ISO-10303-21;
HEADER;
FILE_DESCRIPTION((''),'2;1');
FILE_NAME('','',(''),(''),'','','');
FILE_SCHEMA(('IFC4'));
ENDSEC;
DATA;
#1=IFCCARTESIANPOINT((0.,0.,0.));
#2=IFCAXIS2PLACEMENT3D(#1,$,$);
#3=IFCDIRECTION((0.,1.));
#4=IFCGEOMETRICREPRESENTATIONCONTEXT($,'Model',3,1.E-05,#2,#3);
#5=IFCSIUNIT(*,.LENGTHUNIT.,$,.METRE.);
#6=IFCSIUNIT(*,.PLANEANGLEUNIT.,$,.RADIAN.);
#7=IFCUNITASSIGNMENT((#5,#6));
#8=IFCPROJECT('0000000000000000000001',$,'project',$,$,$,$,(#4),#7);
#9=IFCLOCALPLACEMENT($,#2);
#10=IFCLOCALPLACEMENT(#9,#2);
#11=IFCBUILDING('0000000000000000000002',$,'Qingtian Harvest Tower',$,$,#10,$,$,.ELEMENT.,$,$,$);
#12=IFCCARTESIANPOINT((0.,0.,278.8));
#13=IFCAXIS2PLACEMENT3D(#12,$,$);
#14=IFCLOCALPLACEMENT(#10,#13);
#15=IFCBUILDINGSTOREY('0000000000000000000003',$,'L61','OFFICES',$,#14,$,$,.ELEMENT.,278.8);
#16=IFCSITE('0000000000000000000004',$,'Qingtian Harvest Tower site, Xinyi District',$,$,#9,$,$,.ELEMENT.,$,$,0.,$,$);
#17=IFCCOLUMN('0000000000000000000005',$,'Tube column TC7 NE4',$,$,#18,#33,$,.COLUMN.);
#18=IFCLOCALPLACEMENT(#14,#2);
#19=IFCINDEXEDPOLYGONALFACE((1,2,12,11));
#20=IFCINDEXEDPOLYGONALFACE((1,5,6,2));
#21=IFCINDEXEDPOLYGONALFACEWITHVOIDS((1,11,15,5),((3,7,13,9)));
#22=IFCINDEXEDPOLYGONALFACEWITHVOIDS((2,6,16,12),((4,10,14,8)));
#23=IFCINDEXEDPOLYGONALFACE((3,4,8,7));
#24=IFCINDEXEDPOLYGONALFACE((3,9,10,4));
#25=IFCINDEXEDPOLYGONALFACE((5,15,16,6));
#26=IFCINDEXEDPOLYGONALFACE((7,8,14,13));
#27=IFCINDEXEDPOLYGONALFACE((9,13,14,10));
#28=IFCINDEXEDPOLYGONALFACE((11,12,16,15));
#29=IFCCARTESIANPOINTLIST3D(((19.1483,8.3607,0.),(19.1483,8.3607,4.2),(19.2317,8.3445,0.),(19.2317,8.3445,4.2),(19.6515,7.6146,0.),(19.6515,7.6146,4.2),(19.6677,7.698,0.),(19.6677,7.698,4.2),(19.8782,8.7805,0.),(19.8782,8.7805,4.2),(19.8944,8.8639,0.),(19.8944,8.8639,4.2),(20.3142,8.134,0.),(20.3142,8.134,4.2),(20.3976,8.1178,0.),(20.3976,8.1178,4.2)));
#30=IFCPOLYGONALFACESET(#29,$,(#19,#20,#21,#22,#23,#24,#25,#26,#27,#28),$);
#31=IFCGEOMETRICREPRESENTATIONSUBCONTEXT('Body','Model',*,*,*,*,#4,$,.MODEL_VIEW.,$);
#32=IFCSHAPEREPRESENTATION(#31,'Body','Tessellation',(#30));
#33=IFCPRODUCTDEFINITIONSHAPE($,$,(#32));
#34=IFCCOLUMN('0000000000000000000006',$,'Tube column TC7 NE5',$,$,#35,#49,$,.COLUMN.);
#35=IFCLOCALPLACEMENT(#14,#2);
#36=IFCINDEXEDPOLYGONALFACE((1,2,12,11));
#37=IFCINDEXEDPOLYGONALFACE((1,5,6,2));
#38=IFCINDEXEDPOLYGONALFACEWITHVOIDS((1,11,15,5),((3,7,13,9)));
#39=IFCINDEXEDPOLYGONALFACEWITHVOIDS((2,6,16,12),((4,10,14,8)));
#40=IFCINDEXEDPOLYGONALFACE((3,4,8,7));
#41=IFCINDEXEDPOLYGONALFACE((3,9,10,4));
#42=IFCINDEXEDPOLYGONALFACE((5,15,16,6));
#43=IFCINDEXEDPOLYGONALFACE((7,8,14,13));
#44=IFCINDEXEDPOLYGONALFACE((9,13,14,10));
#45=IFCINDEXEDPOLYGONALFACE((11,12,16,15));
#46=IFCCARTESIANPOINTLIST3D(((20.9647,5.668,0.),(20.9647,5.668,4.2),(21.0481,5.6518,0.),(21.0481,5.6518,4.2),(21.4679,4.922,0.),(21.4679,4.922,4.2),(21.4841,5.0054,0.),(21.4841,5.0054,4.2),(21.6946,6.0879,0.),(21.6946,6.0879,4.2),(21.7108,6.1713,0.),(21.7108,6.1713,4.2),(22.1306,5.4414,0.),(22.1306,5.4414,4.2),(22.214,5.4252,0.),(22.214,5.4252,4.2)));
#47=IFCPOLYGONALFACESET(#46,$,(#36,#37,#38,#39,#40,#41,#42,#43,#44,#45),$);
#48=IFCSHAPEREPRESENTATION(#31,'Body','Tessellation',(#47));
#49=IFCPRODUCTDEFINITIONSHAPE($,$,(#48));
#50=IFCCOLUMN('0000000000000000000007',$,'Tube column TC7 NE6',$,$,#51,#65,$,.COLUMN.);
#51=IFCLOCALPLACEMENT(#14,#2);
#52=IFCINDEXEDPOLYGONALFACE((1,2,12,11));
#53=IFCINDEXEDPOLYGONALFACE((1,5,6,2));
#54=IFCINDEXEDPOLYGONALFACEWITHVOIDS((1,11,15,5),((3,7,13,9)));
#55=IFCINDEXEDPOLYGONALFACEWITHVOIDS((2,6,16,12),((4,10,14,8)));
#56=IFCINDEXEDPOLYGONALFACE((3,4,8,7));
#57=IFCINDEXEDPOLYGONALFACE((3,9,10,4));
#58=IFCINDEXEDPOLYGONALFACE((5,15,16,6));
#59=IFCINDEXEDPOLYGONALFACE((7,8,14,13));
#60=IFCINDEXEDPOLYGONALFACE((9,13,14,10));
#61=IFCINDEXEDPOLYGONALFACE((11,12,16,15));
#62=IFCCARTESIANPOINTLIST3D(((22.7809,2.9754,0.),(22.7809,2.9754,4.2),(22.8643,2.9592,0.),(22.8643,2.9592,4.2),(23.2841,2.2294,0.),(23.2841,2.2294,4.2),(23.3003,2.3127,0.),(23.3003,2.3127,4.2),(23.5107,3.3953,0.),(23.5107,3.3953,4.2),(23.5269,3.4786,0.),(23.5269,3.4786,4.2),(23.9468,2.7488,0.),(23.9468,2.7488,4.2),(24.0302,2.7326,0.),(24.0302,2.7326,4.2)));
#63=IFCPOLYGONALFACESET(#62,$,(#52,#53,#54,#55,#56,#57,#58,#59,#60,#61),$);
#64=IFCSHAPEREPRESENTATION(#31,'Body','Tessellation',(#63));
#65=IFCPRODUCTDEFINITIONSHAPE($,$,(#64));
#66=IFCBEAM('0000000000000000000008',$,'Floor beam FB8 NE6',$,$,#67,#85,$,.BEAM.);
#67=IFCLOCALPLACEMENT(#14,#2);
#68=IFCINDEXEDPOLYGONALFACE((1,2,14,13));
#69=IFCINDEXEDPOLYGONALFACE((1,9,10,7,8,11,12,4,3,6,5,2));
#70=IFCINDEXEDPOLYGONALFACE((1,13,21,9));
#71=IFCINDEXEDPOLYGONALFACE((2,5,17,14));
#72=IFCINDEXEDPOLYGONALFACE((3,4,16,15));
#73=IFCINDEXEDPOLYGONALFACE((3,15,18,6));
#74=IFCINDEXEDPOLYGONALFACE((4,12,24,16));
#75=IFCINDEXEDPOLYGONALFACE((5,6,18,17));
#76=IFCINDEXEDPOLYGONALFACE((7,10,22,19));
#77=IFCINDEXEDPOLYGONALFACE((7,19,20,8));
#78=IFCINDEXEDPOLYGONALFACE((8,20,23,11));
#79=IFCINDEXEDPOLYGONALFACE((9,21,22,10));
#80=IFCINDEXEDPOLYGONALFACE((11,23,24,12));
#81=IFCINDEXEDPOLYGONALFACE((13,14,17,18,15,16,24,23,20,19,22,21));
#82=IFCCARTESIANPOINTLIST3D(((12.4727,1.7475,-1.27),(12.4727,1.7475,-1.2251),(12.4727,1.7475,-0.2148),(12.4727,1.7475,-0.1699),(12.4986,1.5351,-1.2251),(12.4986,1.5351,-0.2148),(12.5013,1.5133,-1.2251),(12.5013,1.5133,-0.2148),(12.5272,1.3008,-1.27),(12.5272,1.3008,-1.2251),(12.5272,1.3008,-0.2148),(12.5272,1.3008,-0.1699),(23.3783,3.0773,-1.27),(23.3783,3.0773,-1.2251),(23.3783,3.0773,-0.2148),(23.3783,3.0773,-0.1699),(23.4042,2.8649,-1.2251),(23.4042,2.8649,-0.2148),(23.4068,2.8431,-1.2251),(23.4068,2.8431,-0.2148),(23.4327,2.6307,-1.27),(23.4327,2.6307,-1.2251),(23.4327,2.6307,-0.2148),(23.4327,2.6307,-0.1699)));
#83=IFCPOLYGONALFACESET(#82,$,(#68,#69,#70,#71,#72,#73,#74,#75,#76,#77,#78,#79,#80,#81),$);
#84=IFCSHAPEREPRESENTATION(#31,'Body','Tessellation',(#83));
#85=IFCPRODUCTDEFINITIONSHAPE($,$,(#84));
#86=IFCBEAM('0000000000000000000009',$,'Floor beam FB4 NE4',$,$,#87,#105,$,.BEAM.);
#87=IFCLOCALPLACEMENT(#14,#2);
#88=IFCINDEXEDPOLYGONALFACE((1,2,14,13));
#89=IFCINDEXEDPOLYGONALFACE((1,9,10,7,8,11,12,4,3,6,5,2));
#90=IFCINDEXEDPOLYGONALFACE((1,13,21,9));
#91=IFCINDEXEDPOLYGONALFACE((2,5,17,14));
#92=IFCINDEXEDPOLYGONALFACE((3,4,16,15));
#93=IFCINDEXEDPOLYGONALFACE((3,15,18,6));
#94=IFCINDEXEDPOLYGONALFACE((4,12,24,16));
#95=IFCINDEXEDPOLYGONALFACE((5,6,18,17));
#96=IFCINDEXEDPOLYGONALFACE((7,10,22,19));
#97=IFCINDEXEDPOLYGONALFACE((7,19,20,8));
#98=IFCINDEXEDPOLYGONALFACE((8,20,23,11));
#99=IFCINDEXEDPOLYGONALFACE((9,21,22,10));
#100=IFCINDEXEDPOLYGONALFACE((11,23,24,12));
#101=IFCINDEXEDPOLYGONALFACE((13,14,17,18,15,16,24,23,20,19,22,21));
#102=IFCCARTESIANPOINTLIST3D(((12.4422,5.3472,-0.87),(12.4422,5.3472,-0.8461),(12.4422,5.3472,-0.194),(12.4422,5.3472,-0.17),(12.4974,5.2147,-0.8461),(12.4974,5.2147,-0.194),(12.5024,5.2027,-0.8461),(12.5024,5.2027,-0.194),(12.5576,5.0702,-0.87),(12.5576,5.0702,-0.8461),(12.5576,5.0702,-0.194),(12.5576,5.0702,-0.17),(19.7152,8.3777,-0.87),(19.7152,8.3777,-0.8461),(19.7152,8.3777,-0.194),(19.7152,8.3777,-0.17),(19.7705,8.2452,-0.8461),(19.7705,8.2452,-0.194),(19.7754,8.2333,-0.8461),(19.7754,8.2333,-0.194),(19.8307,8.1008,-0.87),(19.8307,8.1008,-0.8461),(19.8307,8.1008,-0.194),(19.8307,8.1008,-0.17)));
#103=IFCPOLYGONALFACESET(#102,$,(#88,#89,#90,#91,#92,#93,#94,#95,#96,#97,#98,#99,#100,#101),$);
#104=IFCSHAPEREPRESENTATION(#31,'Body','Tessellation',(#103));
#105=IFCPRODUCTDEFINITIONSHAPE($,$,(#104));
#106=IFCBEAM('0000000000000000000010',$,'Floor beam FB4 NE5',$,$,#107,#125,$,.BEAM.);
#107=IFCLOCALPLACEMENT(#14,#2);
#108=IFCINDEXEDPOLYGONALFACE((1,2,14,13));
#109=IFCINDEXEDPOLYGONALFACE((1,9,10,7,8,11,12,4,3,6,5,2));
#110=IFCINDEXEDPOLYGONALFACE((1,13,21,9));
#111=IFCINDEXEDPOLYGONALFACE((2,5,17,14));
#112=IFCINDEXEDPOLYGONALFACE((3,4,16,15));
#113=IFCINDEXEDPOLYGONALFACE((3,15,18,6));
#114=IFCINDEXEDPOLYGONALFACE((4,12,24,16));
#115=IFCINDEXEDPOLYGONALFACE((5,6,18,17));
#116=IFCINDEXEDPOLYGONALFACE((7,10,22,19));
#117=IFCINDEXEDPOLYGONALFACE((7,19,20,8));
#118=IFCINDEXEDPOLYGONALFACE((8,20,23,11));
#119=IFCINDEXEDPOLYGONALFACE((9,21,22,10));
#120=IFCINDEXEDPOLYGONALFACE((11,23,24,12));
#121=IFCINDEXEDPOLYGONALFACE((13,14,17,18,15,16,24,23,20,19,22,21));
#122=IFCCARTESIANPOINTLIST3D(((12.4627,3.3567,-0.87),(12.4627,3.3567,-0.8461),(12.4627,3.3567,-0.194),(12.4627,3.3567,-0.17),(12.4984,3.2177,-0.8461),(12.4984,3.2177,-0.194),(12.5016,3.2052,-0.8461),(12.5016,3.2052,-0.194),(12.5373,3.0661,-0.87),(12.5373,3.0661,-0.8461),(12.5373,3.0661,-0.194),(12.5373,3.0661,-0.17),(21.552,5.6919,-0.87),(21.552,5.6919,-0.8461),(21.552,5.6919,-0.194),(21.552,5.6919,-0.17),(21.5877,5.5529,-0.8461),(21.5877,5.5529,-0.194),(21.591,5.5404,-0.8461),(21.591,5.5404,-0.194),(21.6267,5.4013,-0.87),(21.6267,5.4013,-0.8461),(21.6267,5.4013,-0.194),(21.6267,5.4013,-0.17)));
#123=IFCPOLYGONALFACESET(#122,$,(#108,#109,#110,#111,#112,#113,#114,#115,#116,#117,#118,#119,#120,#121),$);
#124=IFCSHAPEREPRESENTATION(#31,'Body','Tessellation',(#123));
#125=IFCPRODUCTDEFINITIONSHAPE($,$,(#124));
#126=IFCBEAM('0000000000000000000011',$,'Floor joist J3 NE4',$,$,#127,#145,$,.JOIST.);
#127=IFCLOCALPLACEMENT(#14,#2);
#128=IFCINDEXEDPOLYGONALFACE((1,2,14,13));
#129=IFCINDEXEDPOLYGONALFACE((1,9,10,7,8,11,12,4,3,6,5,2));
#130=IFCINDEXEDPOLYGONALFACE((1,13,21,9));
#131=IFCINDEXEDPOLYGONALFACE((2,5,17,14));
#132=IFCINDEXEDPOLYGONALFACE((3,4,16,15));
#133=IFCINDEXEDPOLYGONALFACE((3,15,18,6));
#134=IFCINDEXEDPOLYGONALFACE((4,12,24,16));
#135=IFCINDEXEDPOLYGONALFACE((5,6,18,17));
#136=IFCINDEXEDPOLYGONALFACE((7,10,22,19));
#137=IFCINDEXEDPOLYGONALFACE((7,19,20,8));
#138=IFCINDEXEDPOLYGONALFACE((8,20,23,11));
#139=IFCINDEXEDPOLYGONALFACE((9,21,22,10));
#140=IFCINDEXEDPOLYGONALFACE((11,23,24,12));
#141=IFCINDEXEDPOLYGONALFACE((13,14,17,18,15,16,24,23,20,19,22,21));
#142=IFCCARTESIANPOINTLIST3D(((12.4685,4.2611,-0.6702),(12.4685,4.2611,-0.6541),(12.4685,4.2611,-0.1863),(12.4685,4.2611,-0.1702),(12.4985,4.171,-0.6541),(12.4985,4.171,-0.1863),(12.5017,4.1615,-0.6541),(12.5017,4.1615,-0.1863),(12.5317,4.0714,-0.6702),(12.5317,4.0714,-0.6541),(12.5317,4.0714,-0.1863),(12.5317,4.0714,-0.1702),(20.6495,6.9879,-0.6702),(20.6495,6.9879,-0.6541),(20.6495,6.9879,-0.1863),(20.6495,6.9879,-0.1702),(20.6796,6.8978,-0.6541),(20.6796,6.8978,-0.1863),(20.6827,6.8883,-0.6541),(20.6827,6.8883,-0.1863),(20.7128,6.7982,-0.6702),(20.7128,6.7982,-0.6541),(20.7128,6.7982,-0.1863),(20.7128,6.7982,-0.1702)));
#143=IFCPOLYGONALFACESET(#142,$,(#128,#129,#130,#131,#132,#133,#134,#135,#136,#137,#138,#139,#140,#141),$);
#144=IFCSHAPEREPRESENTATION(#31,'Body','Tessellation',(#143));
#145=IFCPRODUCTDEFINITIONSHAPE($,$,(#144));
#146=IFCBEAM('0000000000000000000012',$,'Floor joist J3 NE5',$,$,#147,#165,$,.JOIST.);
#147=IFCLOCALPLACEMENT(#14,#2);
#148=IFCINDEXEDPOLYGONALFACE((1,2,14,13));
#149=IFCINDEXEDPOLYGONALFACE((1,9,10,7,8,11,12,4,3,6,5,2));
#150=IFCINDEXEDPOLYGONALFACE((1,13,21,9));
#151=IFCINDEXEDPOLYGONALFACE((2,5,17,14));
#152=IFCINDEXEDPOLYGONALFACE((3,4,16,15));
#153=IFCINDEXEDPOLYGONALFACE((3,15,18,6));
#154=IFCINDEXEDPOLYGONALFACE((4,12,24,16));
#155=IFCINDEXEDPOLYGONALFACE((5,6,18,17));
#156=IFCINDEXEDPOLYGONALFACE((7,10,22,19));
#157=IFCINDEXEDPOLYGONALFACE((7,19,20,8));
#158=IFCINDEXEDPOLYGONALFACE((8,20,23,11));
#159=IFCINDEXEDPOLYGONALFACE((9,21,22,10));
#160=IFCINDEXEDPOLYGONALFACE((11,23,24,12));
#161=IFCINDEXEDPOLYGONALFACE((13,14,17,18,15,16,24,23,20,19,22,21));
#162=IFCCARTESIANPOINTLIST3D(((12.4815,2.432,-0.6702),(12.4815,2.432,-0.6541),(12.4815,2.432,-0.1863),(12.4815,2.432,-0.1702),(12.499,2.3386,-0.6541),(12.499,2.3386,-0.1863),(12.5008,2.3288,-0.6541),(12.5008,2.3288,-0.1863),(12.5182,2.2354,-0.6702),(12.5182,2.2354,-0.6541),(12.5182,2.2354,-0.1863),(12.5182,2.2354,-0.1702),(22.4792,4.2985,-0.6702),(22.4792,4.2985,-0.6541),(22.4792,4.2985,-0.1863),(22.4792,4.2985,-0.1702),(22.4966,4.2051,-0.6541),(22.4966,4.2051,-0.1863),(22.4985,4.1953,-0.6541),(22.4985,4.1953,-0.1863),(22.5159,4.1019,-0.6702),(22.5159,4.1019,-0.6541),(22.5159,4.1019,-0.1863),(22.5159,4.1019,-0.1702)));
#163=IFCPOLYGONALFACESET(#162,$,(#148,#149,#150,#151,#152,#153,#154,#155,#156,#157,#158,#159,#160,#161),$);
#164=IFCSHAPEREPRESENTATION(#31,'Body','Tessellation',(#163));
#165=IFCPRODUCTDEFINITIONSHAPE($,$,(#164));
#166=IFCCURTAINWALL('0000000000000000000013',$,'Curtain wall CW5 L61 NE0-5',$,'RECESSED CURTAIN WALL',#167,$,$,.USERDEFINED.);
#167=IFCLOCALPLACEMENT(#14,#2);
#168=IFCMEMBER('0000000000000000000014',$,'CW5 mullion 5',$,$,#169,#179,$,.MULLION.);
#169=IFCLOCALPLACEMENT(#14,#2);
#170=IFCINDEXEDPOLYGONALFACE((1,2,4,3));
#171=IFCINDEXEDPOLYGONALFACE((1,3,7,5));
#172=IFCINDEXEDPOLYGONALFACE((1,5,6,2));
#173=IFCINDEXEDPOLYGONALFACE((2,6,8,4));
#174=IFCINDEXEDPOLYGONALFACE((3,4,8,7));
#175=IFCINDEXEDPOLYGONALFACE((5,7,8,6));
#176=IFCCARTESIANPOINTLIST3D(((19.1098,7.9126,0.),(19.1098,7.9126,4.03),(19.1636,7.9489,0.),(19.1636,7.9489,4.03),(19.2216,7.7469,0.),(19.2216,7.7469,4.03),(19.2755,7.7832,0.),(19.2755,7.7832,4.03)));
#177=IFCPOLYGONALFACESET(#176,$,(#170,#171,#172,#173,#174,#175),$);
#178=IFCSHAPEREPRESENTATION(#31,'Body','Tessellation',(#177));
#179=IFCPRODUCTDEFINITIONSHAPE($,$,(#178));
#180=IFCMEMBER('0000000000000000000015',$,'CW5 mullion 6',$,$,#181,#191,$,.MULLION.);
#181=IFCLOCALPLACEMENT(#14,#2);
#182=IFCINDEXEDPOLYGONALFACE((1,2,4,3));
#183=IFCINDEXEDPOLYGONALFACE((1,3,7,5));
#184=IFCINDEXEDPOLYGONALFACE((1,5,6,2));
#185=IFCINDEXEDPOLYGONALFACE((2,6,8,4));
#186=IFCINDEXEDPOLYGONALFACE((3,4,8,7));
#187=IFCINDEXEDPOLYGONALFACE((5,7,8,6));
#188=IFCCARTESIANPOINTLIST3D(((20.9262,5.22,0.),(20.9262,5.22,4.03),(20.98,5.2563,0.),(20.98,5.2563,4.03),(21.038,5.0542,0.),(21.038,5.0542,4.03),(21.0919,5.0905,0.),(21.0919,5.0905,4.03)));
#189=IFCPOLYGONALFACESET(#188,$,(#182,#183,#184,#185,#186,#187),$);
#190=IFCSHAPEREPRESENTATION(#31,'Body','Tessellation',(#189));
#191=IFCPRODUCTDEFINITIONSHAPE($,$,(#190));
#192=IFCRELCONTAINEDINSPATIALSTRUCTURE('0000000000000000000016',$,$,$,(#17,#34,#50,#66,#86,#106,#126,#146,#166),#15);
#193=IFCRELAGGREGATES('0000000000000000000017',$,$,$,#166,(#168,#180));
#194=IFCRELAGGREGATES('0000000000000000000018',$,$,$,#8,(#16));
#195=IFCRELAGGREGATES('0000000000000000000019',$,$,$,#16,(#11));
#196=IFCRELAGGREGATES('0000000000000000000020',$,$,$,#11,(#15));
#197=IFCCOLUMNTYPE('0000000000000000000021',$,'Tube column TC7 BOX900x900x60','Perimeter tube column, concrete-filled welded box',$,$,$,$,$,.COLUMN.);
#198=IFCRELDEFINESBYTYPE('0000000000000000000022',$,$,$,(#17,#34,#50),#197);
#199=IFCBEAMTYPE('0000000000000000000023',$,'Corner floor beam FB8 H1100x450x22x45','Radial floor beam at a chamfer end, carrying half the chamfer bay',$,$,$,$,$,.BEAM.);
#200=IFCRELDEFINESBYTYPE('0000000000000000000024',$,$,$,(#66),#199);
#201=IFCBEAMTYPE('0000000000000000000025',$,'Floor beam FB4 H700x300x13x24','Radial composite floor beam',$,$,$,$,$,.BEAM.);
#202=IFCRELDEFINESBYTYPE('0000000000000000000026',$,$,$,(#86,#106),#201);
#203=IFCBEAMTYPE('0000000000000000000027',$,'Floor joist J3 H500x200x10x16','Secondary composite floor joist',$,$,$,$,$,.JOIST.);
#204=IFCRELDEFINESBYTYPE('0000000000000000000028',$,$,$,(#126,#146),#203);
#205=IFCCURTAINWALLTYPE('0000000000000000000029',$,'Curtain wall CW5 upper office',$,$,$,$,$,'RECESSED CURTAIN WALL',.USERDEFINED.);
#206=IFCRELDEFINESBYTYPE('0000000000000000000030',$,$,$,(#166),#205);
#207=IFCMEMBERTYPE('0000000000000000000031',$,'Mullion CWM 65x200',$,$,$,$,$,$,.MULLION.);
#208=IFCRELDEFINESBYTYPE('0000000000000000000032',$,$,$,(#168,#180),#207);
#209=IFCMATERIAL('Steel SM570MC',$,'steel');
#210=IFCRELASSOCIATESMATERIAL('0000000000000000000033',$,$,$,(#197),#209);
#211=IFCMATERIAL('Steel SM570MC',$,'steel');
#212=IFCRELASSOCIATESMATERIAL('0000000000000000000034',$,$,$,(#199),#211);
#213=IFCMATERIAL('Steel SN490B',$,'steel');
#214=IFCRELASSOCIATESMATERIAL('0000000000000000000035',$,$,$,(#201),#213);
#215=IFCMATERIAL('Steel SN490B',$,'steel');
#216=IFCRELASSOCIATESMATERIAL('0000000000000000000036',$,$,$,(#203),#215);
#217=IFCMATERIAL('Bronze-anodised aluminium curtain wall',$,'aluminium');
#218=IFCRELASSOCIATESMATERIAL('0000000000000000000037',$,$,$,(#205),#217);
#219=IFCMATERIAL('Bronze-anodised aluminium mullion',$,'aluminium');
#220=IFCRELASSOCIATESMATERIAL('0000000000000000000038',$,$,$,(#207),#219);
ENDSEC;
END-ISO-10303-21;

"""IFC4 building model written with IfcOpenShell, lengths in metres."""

from ifc_helpers import new_model, si_unit, direction, frame, origin, origin_2d, place, context, subcontext, project, spatial, rectangle, hollow_rectangle, i_section, extrude, material, material_profile, profile_set, type_object, element, aggregate, save


model = new_model("IFC4")

# Units and contexts
model_context = context("Model", 3, precision=1e-05, world=origin(), true_north=direction((0.0, 1.0)))
body_context = subcontext(model_context, "Body", "Model", "MODEL_VIEW")
ifc_project = project(units=[si_unit("LENGTHUNIT", "METRE"), si_unit("PLANEANGLEUNIT", "RADIAN")], contexts=[model_context])

# Site, building, storey
site_placement = place(None, origin())
site = spatial("IfcSite", under=ifc_project, at=site_placement, Name="Qingtian Harvest Tower site, Xinyi District", CompositionType="ELEMENT", RefElevation=0.0)
building_placement = place(site_placement, origin())
building = spatial("IfcBuilding", under=site, at=building_placement, Name="Qingtian Harvest Tower", CompositionType="ELEMENT")
storey_placement = place(building_placement, frame((0.0, 0.0, 278.8)))
storey = spatial("IfcBuildingStorey", under=building, at=storey_placement, Name="L61", Description="OFFICES", CompositionType="ELEMENT", Elevation=278.8)

# Columns
ifc_material_1 = material(Name="Steel SM570MC", Category="steel")
ifc_material_profile_1 = material_profile(ifc_material_1, hollow_rectangle(XDim=0.8999, YDim=0.8999, WallThickness=0.0601, at=origin_2d()), Name="BOX900x900x60")
ifc_profile_set_1 = profile_set([ifc_material_profile_1], Name="Steel SM570MC")
column_type = type_object("IfcColumnType", Name="Tube column TC7 BOX900x900x60", Description="Perimeter tube column, concrete-filled welded box", PredefinedType="COLUMN", material=ifc_profile_set_1)
for number, where, z_axis, x_axis, name in (
    (1, (19.7729, 8.2393, 0.0), (0.0, 0.0, 1.0), (-0.559193, 0.829038, 0.0), "Tube column TC7 NE4"),
    (2, (21.5894, 5.5466, 0.0), (0.0, 0.0, 1.0), (-0.559193, 0.829038, 0.0), "Tube column TC7 NE5"),
    (3, (23.4055, 2.854, 0.0), (0.0, 0.0, 1.0), (-0.559193, 0.829038, 0.0), "Tube column TC7 NE6"),
):
    element("IfcColumn", number, at=place(storey_placement, frame(where, z_axis=z_axis, x_axis=x_axis)), inside=storey, type_object=column_type, Name=name, PredefinedType="COLUMN", context=body_context, shape_type="SweptSolid", body=[
        extrude(hollow_rectangle(XDim=0.8999, YDim=0.8999, WallThickness=0.0601, at=origin_2d()), origin(), (0.0, 0.0, 1.0), 4.2),
    ])

# Beams
ifc_material_2 = material(Name="Steel SM570MC", Category="steel")
ifc_material_profile_2 = material_profile(ifc_material_2, i_section(OverallWidth=0.45, OverallDepth=1.1001, WebThickness=0.022, FlangeThickness=0.0449, at=origin_2d()), Name="H1100x450x22x45")
ifc_profile_set_2 = profile_set([ifc_material_profile_2], Name="Steel SM570MC")
beam_type_1 = type_object("IfcBeamType", Name="Corner floor beam FB8 H1100x450x22x45", Description="Radial floor beam at a chamfer end, carrying half the chamfer bay", PredefinedType="BEAM", material=ifc_profile_set_2)
beam_1_placement = place(storey_placement, frame((23.4055, 2.854, -0.72), z_axis=(-0.992647, -0.121045, 0.0), x_axis=(0.121045, -0.992647, 0.0)))
element("IfcBeam", 4, at=beam_1_placement, inside=storey, type_object=beam_type_1, Name="Floor beam FB8 NE6", PredefinedType="BEAM", context=body_context, shape_type="SweptSolid", body=[
    extrude(i_section(OverallWidth=0.45, OverallDepth=1.1001, WebThickness=0.022, FlangeThickness=0.0449, at=origin_2d()), origin(), (0.0, 0.0, 1.0), 10.9863),
])
ifc_material_3 = material(Name="Steel SN490B", Category="steel")
ifc_material_profile_3 = material_profile(ifc_material_3, i_section(OverallWidth=0.3, OverallDepth=0.7, WebThickness=0.0129, FlangeThickness=0.0239, at=origin_2d()), Name="H700x300x13x24")
ifc_profile_set_3 = profile_set([ifc_material_profile_3], Name="Steel SN490B")
beam_type_2 = type_object("IfcBeamType", Name="Floor beam FB4 H700x300x13x24", Description="Radial composite floor beam", PredefinedType="BEAM", material=ifc_profile_set_3)
beam_2_placement = place(storey_placement, frame((19.7729, 8.2393, -0.52), z_axis=(-0.923071, -0.384629, 0.0), x_axis=(0.384629, -0.923071, 0.0)))
element("IfcBeam", 5, at=beam_2_placement, inside=storey, type_object=beam_type_2, Name="Floor beam FB4 NE4", PredefinedType="BEAM", context=body_context, shape_type="SweptSolid", body=[
    extrude(i_section(OverallWidth=0.3, OverallDepth=0.7, WebThickness=0.0129, FlangeThickness=0.0239, at=origin_2d()), origin(), (0.0, 0.0, 1.0), 7.8792),
])
beam_3_placement = place(storey_placement, frame((21.5894, 5.5466, -0.52), z_axis=(-0.968546, -0.248835, 0.0), x_axis=(0.248835, -0.968546, 0.0)))
element("IfcBeam", 6, at=beam_3_placement, inside=storey, type_object=beam_type_2, Name="Floor beam FB4 NE5", PredefinedType="BEAM", context=body_context, shape_type="SweptSolid", body=[
    extrude(i_section(OverallWidth=0.3, OverallDepth=0.7, WebThickness=0.0129, FlangeThickness=0.0239, at=origin_2d()), origin(), (0.0, 0.0, 1.0), 9.3845),
])
ifc_material_4 = material(Name="Steel SN490B", Category="steel")
ifc_material_profile_4 = material_profile(ifc_material_4, i_section(OverallWidth=0.2, OverallDepth=0.5, WebThickness=0.01, FlangeThickness=0.0161, at=origin_2d()), Name="H500x200x10x16")
ifc_profile_set_4 = profile_set([ifc_material_profile_4], Name="Steel SN490B")
beam_type_3 = type_object("IfcBeamType", Name="Floor joist J3 H500x200x10x16", Description="Secondary composite floor joist", PredefinedType="JOIST", material=ifc_profile_set_4)
beam_4_placement = place(storey_placement, frame((20.6812, 6.8931, -0.4202), z_axis=(-0.948692, -0.316202, 0.0), x_axis=(0.316202, -0.948692, 0.0)))
element("IfcBeam", 7, at=beam_4_placement, inside=storey, type_object=beam_type_3, Name="Floor joist J3 NE4", PredefinedType="JOIST", context=body_context, shape_type="SweptSolid", body=[
    extrude(i_section(OverallWidth=0.2, OverallDepth=0.5, WebThickness=0.01, FlangeThickness=0.0161, at=origin_2d()), origin(), (0.0, 0.0, 1.0), 8.6235),
])
beam_5_placement = place(storey_placement, frame((22.4976, 4.2002, -0.4202), z_axis=(-0.983016, -0.18352, 0.0), x_axis=(0.18352, -0.983016, 0.0)))
element("IfcBeam", 8, at=beam_5_placement, inside=storey, type_object=beam_type_3, Name="Floor joist J3 NE5", PredefinedType="JOIST", context=body_context, shape_type="SweptSolid", body=[
    extrude(i_section(OverallWidth=0.2, OverallDepth=0.5, WebThickness=0.01, FlangeThickness=0.0161, at=origin_2d()), origin(), (0.0, 0.0, 1.0), 10.1704),
])

# Curtain wall, members
ifc_material_5 = material(Name="Bronze-anodised aluminium curtain wall", Category="aluminium")
curtain_wall_type = type_object("IfcCurtainWallType", Name="Curtain wall CW5 upper office", ElementType="RECESSED CURTAIN WALL", PredefinedType="USERDEFINED", material=ifc_material_5)
curtain_wall_1_placement = place(storey_placement, origin())
curtain_wall_1 = element("IfcCurtainWall", 9, at=curtain_wall_1_placement, inside=storey, type_object=curtain_wall_type, Name="Curtain wall CW5 L61 NE0-5", ObjectType="RECESSED CURTAIN WALL", PredefinedType="USERDEFINED")
ifc_material_6 = material(Name="Bronze-anodised aluminium mullion", Category="aluminium")
ifc_material_profile_5 = material_profile(ifc_material_6, rectangle(XDim=0.0649, YDim=0.2, at=origin_2d()), Name="AL 65x200")
ifc_profile_set_5 = profile_set([ifc_material_profile_5], Name="Bronze-anodised aluminium mullion")
member_type_1 = type_object("IfcMemberType", Name="Mullion CWM 65x200", PredefinedType="MULLION", material=ifc_profile_set_5)
member_1_placement = place(storey_placement, frame((19.1926, 7.8479, 0.0), z_axis=(0.0, 0.0, 1.0), x_axis=(0.829038, 0.559193, 0.0)))
member_1 = element("IfcMember", 10, at=member_1_placement, type_object=member_type_1, Name="CW5 mullion 5", PredefinedType="MULLION", context=body_context, shape_type="SweptSolid", body=[
    extrude(rectangle(XDim=0.0649, YDim=0.2, at=origin_2d()), origin(), (0.0, 0.0, 1.0), 4.03),
])
member_2_placement = place(storey_placement, frame((21.009, 5.1553, 0.0), z_axis=(0.0, 0.0, 1.0), x_axis=(0.829038, 0.559193, 0.0)))
member_2 = element("IfcMember", 11, at=member_2_placement, type_object=member_type_1, Name="CW5 mullion 6", PredefinedType="MULLION", context=body_context, shape_type="SweptSolid", body=[
    extrude(rectangle(XDim=0.0649, YDim=0.2, at=origin_2d()), origin(), (0.0, 0.0, 1.0), 4.03),
])

aggregate(curtain_wall_1, [member_1, member_2])

save(model, "model.ifc")
